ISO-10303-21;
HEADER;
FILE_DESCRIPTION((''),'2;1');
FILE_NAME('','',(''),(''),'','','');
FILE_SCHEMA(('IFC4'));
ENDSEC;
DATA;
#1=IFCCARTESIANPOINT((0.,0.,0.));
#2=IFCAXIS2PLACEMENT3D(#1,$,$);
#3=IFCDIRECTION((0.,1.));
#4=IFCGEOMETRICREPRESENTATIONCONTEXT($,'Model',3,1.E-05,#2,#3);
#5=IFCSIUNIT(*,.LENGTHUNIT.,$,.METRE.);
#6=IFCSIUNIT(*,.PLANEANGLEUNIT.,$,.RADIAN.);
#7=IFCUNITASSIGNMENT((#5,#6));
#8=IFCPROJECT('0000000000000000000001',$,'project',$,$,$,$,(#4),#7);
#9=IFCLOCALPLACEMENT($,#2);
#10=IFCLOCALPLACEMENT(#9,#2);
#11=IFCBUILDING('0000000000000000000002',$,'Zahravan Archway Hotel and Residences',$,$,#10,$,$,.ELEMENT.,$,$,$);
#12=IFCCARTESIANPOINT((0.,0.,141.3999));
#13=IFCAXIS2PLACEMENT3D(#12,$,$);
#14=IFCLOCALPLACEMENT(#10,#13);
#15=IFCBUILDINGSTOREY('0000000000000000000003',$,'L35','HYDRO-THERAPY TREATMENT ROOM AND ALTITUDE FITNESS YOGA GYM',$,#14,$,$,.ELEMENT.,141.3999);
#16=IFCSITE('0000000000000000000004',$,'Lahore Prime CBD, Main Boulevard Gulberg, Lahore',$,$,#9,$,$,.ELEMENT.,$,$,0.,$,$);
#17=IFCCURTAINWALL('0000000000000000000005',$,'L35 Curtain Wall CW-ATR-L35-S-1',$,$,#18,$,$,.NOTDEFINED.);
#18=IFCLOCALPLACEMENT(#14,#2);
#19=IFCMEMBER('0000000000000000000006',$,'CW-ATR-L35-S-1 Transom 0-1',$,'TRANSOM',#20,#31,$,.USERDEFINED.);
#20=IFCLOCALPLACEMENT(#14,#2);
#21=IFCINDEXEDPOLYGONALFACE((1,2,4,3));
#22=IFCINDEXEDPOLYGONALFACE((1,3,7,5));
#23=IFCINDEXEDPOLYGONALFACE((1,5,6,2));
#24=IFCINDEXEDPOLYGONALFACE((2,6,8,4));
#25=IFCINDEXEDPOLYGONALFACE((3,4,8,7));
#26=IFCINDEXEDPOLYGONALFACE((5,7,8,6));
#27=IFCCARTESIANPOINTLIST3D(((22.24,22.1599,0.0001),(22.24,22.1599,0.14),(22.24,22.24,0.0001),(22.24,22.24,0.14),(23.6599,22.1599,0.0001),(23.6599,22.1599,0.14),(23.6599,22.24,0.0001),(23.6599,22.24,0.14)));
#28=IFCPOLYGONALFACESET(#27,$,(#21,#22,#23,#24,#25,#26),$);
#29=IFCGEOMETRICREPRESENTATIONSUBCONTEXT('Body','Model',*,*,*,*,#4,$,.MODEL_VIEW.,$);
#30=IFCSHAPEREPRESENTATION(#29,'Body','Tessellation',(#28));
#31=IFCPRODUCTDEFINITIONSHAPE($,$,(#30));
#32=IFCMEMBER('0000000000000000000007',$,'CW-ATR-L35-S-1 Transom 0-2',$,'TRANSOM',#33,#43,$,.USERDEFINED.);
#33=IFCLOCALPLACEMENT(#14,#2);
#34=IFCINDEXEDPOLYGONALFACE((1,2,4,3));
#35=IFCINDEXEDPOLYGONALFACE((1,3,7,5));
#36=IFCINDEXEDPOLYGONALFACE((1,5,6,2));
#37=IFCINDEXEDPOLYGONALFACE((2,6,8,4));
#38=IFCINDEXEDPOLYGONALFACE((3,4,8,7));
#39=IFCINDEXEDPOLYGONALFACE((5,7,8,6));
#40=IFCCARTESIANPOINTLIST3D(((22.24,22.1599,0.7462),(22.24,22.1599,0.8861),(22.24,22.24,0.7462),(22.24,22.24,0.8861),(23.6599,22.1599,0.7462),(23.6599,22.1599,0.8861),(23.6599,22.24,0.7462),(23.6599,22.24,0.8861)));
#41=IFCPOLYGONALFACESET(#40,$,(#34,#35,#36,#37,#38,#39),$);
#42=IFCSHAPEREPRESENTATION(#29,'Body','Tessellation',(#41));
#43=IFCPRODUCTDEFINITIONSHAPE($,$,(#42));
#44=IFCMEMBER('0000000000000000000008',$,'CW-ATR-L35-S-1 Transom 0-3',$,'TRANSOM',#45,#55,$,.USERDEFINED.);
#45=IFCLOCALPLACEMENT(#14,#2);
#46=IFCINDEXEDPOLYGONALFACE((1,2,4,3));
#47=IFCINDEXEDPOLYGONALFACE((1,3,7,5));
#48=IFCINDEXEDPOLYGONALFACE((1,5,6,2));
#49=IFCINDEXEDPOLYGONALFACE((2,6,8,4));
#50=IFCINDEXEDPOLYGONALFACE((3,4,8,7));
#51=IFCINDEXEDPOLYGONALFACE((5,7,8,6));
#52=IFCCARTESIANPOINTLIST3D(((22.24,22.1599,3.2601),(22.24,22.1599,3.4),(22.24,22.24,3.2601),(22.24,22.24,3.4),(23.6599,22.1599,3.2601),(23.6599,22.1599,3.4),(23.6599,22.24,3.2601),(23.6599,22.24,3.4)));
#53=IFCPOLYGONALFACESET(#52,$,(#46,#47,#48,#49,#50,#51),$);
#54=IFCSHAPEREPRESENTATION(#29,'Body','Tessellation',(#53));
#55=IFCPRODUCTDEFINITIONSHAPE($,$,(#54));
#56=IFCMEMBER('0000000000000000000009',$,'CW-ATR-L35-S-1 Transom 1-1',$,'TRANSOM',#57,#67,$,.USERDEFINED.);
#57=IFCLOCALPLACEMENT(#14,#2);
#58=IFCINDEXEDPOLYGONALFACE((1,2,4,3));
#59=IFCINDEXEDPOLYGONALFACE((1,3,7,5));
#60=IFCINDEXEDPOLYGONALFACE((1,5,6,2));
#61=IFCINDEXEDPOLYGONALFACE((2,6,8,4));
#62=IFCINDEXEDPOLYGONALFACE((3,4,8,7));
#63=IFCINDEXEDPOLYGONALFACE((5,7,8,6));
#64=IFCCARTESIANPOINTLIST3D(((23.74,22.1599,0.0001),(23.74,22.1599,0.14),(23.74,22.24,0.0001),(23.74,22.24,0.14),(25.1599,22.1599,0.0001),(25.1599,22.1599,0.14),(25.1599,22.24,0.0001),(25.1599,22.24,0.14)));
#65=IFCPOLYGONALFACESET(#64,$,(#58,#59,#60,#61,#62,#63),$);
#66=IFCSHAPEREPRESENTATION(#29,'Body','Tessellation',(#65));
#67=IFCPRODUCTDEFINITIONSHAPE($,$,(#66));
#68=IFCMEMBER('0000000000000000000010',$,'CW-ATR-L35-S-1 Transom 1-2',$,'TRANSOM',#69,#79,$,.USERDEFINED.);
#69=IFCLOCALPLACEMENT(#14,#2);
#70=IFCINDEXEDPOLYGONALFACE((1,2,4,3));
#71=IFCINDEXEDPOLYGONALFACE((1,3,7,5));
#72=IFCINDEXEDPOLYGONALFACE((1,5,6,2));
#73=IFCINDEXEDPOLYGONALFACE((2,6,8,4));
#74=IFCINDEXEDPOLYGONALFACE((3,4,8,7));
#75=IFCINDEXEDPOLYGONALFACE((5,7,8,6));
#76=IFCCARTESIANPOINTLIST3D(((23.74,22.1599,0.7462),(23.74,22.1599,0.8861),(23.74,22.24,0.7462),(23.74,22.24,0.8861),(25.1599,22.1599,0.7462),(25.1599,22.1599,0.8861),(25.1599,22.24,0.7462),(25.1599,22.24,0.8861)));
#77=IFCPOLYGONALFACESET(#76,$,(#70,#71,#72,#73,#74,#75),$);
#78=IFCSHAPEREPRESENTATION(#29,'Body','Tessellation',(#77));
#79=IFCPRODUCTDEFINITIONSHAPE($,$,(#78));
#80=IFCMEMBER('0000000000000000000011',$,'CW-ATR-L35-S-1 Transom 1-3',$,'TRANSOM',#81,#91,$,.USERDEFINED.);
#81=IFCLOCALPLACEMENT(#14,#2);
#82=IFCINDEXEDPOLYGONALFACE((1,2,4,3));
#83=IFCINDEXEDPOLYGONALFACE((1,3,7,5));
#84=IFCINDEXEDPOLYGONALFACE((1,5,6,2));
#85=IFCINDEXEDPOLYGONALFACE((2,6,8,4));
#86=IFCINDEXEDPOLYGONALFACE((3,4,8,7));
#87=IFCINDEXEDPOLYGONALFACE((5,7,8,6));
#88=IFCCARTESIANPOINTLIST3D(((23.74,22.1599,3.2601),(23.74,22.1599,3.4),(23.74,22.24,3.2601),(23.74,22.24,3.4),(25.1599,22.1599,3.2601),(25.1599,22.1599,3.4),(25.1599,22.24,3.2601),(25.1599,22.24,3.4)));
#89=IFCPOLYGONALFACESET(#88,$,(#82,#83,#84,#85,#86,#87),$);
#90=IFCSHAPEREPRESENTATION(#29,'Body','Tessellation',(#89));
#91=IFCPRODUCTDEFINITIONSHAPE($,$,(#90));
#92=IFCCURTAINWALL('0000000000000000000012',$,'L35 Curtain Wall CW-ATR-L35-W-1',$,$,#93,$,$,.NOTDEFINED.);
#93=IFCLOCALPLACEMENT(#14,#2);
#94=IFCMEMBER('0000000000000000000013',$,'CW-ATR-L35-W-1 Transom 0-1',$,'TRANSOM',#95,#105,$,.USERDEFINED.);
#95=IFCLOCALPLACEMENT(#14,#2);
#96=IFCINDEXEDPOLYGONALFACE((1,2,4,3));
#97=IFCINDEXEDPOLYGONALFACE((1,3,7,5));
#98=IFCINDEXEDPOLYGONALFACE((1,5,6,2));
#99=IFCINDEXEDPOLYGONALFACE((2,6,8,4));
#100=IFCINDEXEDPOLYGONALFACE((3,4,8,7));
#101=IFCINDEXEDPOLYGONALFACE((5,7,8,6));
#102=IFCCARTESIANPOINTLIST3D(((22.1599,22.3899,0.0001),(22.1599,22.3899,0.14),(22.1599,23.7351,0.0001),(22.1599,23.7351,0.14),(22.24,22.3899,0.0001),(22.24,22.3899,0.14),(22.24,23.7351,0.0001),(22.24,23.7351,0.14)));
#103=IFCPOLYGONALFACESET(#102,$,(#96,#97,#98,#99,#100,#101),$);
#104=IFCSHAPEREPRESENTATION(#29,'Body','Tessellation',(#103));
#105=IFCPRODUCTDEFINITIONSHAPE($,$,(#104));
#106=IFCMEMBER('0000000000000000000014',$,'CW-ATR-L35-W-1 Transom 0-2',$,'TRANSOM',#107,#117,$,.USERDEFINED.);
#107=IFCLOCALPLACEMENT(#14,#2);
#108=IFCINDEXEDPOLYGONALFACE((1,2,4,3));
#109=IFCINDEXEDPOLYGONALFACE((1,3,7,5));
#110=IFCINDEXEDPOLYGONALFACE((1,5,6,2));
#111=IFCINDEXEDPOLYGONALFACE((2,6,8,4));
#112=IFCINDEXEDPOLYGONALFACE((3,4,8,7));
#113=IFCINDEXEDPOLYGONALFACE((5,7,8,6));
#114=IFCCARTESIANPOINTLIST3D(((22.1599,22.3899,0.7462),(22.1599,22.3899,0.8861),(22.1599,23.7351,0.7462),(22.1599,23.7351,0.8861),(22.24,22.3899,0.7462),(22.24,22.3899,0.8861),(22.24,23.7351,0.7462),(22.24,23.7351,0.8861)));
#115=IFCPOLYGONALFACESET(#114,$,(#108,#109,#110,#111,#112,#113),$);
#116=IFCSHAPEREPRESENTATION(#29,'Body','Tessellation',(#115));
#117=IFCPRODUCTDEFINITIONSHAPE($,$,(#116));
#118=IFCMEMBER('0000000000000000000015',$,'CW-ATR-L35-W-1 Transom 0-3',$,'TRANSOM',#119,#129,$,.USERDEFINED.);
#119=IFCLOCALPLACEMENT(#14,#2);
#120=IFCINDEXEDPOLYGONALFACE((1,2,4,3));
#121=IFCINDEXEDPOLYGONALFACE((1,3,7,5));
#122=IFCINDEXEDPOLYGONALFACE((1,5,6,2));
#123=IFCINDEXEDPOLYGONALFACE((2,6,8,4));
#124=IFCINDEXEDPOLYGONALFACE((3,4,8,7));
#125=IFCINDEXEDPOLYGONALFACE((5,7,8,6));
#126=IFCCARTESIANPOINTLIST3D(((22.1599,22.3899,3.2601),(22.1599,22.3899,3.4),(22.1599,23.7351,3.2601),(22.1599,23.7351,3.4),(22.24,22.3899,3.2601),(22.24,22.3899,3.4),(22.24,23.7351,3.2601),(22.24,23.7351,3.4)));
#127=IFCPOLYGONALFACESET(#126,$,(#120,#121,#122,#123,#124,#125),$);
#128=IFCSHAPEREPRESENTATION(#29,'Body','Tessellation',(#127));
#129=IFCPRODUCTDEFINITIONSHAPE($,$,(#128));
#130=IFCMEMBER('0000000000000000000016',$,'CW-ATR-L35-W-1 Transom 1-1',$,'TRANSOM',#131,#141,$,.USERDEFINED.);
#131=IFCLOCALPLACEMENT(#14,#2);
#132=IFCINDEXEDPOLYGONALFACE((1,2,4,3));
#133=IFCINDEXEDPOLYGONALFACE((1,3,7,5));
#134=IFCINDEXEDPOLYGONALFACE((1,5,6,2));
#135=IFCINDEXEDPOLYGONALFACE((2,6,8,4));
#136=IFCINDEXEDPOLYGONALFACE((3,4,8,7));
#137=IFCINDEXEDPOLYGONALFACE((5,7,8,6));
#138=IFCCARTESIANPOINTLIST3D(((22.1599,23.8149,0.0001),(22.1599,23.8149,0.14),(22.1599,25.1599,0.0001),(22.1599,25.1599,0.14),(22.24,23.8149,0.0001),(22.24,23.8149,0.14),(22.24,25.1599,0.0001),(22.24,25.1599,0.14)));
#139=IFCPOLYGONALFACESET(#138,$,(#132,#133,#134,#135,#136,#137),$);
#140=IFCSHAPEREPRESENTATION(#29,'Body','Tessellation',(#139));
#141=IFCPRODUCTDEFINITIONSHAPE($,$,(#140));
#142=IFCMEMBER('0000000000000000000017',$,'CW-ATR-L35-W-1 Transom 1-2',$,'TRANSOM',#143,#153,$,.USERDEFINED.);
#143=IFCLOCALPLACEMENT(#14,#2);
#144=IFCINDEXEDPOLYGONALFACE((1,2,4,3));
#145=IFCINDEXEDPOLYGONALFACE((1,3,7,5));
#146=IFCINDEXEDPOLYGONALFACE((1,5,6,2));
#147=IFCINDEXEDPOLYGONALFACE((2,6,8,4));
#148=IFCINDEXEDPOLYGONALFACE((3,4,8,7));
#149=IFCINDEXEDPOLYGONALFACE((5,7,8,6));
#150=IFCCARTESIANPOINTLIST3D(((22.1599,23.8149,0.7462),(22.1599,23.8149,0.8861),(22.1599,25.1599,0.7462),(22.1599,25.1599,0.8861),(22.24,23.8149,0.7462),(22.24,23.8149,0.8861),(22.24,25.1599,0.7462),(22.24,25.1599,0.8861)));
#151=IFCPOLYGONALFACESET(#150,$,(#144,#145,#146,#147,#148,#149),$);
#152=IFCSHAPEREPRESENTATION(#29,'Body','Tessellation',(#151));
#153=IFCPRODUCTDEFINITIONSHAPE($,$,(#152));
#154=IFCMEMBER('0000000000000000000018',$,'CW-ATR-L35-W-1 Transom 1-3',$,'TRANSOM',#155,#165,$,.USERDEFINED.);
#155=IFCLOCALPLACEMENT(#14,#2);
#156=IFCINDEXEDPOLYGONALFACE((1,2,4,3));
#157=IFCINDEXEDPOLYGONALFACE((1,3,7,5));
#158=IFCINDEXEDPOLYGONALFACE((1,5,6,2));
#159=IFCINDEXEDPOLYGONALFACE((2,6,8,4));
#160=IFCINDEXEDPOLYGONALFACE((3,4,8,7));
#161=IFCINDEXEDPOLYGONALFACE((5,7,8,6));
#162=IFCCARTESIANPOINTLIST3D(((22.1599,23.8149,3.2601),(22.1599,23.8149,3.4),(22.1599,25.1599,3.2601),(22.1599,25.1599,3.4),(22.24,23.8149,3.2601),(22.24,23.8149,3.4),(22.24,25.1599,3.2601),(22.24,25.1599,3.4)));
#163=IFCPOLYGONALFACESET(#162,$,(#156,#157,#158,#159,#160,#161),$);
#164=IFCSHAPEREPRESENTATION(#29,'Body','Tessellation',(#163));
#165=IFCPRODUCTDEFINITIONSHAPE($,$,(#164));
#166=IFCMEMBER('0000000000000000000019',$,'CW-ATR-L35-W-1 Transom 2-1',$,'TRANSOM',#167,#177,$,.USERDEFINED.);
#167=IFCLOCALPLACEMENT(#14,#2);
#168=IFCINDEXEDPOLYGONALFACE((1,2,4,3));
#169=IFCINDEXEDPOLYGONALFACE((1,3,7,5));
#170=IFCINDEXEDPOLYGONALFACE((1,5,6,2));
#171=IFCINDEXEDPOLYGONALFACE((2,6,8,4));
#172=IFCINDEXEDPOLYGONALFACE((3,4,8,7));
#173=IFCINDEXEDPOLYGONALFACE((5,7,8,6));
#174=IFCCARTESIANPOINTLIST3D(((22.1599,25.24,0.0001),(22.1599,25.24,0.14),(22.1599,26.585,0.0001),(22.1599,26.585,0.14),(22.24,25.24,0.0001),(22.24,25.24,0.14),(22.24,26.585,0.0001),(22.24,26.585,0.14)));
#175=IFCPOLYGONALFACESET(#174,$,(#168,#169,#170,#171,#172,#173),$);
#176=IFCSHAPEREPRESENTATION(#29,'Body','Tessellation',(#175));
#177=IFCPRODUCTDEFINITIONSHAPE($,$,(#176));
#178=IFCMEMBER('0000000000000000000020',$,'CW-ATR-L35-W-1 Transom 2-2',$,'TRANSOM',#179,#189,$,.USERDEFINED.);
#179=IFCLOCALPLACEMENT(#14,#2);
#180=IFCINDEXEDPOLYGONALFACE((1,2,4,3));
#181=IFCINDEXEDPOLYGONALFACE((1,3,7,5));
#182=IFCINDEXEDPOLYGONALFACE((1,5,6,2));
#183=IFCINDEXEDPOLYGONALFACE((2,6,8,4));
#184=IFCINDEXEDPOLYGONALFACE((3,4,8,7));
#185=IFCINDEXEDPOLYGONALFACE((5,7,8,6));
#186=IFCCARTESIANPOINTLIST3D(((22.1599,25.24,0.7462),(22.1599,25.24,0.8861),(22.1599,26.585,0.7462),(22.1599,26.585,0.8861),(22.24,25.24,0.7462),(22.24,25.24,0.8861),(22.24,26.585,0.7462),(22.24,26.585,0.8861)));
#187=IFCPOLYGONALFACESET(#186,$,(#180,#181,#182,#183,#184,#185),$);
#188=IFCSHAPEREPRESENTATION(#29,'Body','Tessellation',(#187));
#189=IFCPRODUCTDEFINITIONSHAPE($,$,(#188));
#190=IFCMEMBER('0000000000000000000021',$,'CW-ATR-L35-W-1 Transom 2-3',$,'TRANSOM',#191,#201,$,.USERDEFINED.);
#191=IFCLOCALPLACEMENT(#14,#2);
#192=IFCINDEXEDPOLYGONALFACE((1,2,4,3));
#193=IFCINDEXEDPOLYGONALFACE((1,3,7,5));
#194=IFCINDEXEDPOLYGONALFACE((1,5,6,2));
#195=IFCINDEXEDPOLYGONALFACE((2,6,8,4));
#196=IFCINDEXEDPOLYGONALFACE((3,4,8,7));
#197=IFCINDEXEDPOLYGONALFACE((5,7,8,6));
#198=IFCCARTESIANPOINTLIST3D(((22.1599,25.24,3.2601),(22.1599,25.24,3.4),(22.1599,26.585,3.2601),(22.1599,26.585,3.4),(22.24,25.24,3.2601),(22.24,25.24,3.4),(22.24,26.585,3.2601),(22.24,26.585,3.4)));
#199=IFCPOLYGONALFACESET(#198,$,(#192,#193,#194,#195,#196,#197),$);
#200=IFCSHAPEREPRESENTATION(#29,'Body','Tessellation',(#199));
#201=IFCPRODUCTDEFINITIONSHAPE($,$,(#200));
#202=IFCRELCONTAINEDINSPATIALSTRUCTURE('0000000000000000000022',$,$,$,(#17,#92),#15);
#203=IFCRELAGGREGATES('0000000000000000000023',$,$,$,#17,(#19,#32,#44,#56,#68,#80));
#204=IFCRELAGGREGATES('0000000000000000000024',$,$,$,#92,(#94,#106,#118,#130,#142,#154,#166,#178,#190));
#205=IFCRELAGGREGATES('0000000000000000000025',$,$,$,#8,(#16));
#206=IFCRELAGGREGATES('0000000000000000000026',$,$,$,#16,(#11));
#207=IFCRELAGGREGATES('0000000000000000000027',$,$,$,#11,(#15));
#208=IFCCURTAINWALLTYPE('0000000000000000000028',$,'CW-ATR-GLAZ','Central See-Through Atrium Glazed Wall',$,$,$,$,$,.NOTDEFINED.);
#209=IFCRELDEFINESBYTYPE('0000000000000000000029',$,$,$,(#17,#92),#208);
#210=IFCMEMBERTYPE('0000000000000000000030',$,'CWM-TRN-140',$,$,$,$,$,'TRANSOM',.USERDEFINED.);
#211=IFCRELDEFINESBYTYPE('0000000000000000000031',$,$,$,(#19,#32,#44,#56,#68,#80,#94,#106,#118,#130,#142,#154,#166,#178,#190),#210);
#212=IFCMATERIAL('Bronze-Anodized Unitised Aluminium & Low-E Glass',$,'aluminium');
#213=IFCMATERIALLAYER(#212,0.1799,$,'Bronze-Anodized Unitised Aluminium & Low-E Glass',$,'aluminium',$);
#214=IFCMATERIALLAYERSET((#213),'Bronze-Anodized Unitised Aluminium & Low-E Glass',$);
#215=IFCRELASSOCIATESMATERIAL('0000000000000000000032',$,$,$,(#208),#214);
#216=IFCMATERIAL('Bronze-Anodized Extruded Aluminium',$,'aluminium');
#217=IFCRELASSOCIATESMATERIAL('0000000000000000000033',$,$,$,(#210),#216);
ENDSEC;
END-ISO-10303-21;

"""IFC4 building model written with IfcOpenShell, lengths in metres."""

from ifc_helpers import new_model, si_unit, direction, frame, origin, origin_2d, place, context, subcontext, project, spatial, rectangle, extrude, source, transform, mapped, material, layer, layer_set, material_profile, profile_set, type_object, element, aggregate, save


model = new_model("IFC4")

# Units and contexts
model_context = context("Model", 3, precision=1e-05, world=origin(), true_north=direction((0.0, 1.0)))
body_context = subcontext(model_context, "Body", "Model", "MODEL_VIEW")
ifc_project = project(units=[si_unit("LENGTHUNIT", "METRE"), si_unit("PLANEANGLEUNIT", "RADIAN")], contexts=[model_context])

# Site, building, storey
site_placement = place(None, origin())
site = spatial("IfcSite", under=ifc_project, at=site_placement, Name="Lahore Prime CBD, Main Boulevard Gulberg, Lahore", CompositionType="ELEMENT", RefElevation=0.0)
building_placement = place(site_placement, origin())
building = spatial("IfcBuilding", under=site, at=building_placement, Name="Zahravan Archway Hotel and Residences", CompositionType="ELEMENT")
storey_placement = place(building_placement, frame((0.0, 0.0, 141.3999)))
storey = spatial("IfcBuildingStorey", under=building, at=storey_placement, Name="L35", Description="HYDRO-THERAPY TREATMENT ROOM AND ALTITUDE FITNESS YOGA GYM", CompositionType="ELEMENT", Elevation=141.3999)

# Curtain walls, members
ifc_material_1 = material(Name="Bronze-Anodized Unitised Aluminium & Low-E Glass", Category="aluminium")
ifc_layer_1 = layer(ifc_material_1, 0.1799, Name="Bronze-Anodized Unitised Aluminium & Low-E Glass", Category="aluminium")
ifc_layer_set_1 = layer_set([ifc_layer_1], Name="Bronze-Anodized Unitised Aluminium & Low-E Glass")
curtain_wall_type = type_object("IfcCurtainWallType", Name="CW-ATR-GLAZ", Description="Central See-Through Atrium Glazed Wall", PredefinedType="NOTDEFINED", material=ifc_layer_set_1)
curtain_wall_1_placement = place(storey_placement, origin())
curtain_wall_1 = element("IfcCurtainWall", 1, at=curtain_wall_1_placement, inside=storey, type_object=curtain_wall_type, Name="L35 Curtain Wall CW-ATR-L35-S-1", PredefinedType="NOTDEFINED")
ifc_material_2 = material(Name="Bronze-Anodized Extruded Aluminium", Category="aluminium")
ifc_material_profile_1 = material_profile(ifc_material_2, rectangle(XDim=0.0801, YDim=0.1399, at=origin_2d()), Name="TRN 80x140", Category="aluminium")
ifc_profile_set_1 = profile_set([ifc_material_profile_1], Name="Bronze-Anodized Extruded Aluminium")
member_type_1 = type_object("IfcMemberType", Name="CWM-TRN-140", ElementType="TRANSOM", PredefinedType="USERDEFINED", material=ifc_profile_set_1)
shared_shape_1 = source(origin(), body_context, "Body", "SweptSolid", [
    extrude(rectangle(XDim=0.0801, YDim=0.1399, at=origin_2d()), origin(), (0.0, 0.0, 1.0), 1.4199),
])
member_1_placement = place(storey_placement, frame((22.24, 22.2, 0.0701), z_axis=(1.0, 0.0, 0.0), x_axis=(0.0, 1.0, 0.0)))
member_1 = element("IfcMember", 2, at=member_1_placement, type_object=member_type_1, Name="CW-ATR-L35-S-1 Transom 0-1", ObjectType="TRANSOM", PredefinedType="USERDEFINED", context=body_context, shape_type="MappedRepresentation", body=[
    mapped(shared_shape_1, transform((0.0, 0.0, 0.0), scale=1.0)),
])
member_2_placement = place(storey_placement, frame((22.24, 22.2, 0.8162), z_axis=(1.0, 0.0, 0.0), x_axis=(0.0, 1.0, 0.0)))
member_2 = element("IfcMember", 3, at=member_2_placement, type_object=member_type_1, Name="CW-ATR-L35-S-1 Transom 0-2", ObjectType="TRANSOM", PredefinedType="USERDEFINED", context=body_context, shape_type="MappedRepresentation", body=[
    mapped(shared_shape_1, transform((0.0, 0.0, 0.0), scale=1.0)),
])
member_3_placement = place(storey_placement, frame((22.24, 22.2, 3.3301), z_axis=(1.0, 0.0, 0.0), x_axis=(0.0, 1.0, 0.0)))
member_3 = element("IfcMember", 4, at=member_3_placement, type_object=member_type_1, Name="CW-ATR-L35-S-1 Transom 0-3", ObjectType="TRANSOM", PredefinedType="USERDEFINED", context=body_context, shape_type="MappedRepresentation", body=[
    mapped(shared_shape_1, transform((0.0, 0.0, 0.0), scale=1.0)),
])
member_4_placement = place(storey_placement, frame((23.74, 22.2, 0.0701), z_axis=(1.0, 0.0, 0.0), x_axis=(0.0, 1.0, 0.0)))
member_4 = element("IfcMember", 5, at=member_4_placement, type_object=member_type_1, Name="CW-ATR-L35-S-1 Transom 1-1", ObjectType="TRANSOM", PredefinedType="USERDEFINED", context=body_context, shape_type="MappedRepresentation", body=[
    mapped(shared_shape_1, transform((0.0, 0.0, 0.0), scale=1.0)),
])
member_5_placement = place(storey_placement, frame((23.74, 22.2, 0.8162), z_axis=(1.0, 0.0, 0.0), x_axis=(0.0, 1.0, 0.0)))
member_5 = element("IfcMember", 6, at=member_5_placement, type_object=member_type_1, Name="CW-ATR-L35-S-1 Transom 1-2", ObjectType="TRANSOM", PredefinedType="USERDEFINED", context=body_context, shape_type="MappedRepresentation", body=[
    mapped(shared_shape_1, transform((0.0, 0.0, 0.0), scale=1.0)),
])
member_6_placement = place(storey_placement, frame((23.74, 22.2, 3.3301), z_axis=(1.0, 0.0, 0.0), x_axis=(0.0, 1.0, 0.0)))
member_6 = element("IfcMember", 7, at=member_6_placement, type_object=member_type_1, Name="CW-ATR-L35-S-1 Transom 1-3", ObjectType="TRANSOM", PredefinedType="USERDEFINED", context=body_context, shape_type="MappedRepresentation", body=[
    mapped(shared_shape_1, transform((0.0, 0.0, 0.0), scale=1.0)),
])
curtain_wall_2_placement = place(storey_placement, origin())
curtain_wall_2 = element("IfcCurtainWall", 8, at=curtain_wall_2_placement, inside=storey, type_object=curtain_wall_type, Name="L35 Curtain Wall CW-ATR-L35-W-1", PredefinedType="NOTDEFINED")
shared_shape_2 = source(origin(), body_context, "Body", "SweptSolid", [
    extrude(rectangle(XDim=0.0801, YDim=0.1399, at=origin_2d()), origin(), (0.0, 0.0, 1.0), 1.3452),
])
member_7_placement = place(storey_placement, frame((22.2, 22.3899, 0.0701), z_axis=(0.0, 1.0, 0.0), x_axis=(-1.0, 0.0, 0.0)))
member_7 = element("IfcMember", 9, at=member_7_placement, type_object=member_type_1, Name="CW-ATR-L35-W-1 Transom 0-1", ObjectType="TRANSOM", PredefinedType="USERDEFINED", context=body_context, shape_type="MappedRepresentation", body=[
    mapped(shared_shape_2, transform((0.0, 0.0, 0.0), scale=1.0)),
])
member_8_placement = place(storey_placement, frame((22.2, 22.3899, 0.8162), z_axis=(0.0, 1.0, 0.0), x_axis=(-1.0, 0.0, 0.0)))
member_8 = element("IfcMember", 10, at=member_8_placement, type_object=member_type_1, Name="CW-ATR-L35-W-1 Transom 0-2", ObjectType="TRANSOM", PredefinedType="USERDEFINED", context=body_context, shape_type="MappedRepresentation", body=[
    mapped(shared_shape_2, transform((0.0, 0.0, 0.0), scale=1.0)),
])
member_9_placement = place(storey_placement, frame((22.2, 22.3899, 3.3301), z_axis=(0.0, 1.0, 0.0), x_axis=(-1.0, 0.0, 0.0)))
member_9 = element("IfcMember", 11, at=member_9_placement, type_object=member_type_1, Name="CW-ATR-L35-W-1 Transom 0-3", ObjectType="TRANSOM", PredefinedType="USERDEFINED", context=body_context, shape_type="MappedRepresentation", body=[
    mapped(shared_shape_2, transform((0.0, 0.0, 0.0), scale=1.0)),
])
shared_shape_3 = source(origin(), body_context, "Body", "SweptSolid", [
    extrude(rectangle(XDim=0.0801, YDim=0.1399, at=origin_2d()), origin(), (0.0, 0.0, 1.0), 1.345),
])
member_10_placement = place(storey_placement, frame((22.2, 23.8149, 0.0701), z_axis=(0.0, 1.0, 0.0), x_axis=(-1.0, 0.0, 0.0)))
member_10 = element("IfcMember", 12, at=member_10_placement, type_object=member_type_1, Name="CW-ATR-L35-W-1 Transom 1-1", ObjectType="TRANSOM", PredefinedType="USERDEFINED", context=body_context, shape_type="MappedRepresentation", body=[
    mapped(shared_shape_3, transform((0.0, 0.0, 0.0), scale=1.0)),
])
member_11_placement = place(storey_placement, frame((22.2, 23.8149, 0.8162), z_axis=(0.0, 1.0, 0.0), x_axis=(-1.0, 0.0, 0.0)))
member_11 = element("IfcMember", 13, at=member_11_placement, type_object=member_type_1, Name="CW-ATR-L35-W-1 Transom 1-2", ObjectType="TRANSOM", PredefinedType="USERDEFINED", context=body_context, shape_type="MappedRepresentation", body=[
    mapped(shared_shape_3, transform((0.0, 0.0, 0.0), scale=1.0)),
])
member_12_placement = place(storey_placement, frame((22.2, 23.8149, 3.3301), z_axis=(0.0, 1.0, 0.0), x_axis=(-1.0, 0.0, 0.0)))
member_12 = element("IfcMember", 14, at=member_12_placement, type_object=member_type_1, Name="CW-ATR-L35-W-1 Transom 1-3", ObjectType="TRANSOM", PredefinedType="USERDEFINED", context=body_context, shape_type="MappedRepresentation", body=[
    mapped(shared_shape_3, transform((0.0, 0.0, 0.0), scale=1.0)),
])
member_13_placement = place(storey_placement, frame((22.2, 25.24, 0.0701), z_axis=(0.0, 1.0, 0.0), x_axis=(-1.0, 0.0, 0.0)))
member_13 = element("IfcMember", 15, at=member_13_placement, type_object=member_type_1, Name="CW-ATR-L35-W-1 Transom 2-1", ObjectType="TRANSOM", PredefinedType="USERDEFINED", context=body_context, shape_type="MappedRepresentation", body=[
    mapped(shared_shape_3, transform((0.0, 0.0, 0.0), scale=1.0)),
])
member_14_placement = place(storey_placement, frame((22.2, 25.24, 0.8162), z_axis=(0.0, 1.0, 0.0), x_axis=(-1.0, 0.0, 0.0)))
member_14 = element("IfcMember", 16, at=member_14_placement, type_object=member_type_1, Name="CW-ATR-L35-W-1 Transom 2-2", ObjectType="TRANSOM", PredefinedType="USERDEFINED", context=body_context, shape_type="MappedRepresentation", body=[
    mapped(shared_shape_3, transform((0.0, 0.0, 0.0), scale=1.0)),
])
member_15_placement = place(storey_placement, frame((22.2, 25.24, 3.3301), z_axis=(0.0, 1.0, 0.0), x_axis=(-1.0, 0.0, 0.0)))
member_15 = element("IfcMember", 17, at=member_15_placement, type_object=member_type_1, Name="CW-ATR-L35-W-1 Transom 2-3", ObjectType="TRANSOM", PredefinedType="USERDEFINED", context=body_context, shape_type="MappedRepresentation", body=[
    mapped(shared_shape_3, transform((0.0, 0.0, 0.0), scale=1.0)),
])

aggregate(curtain_wall_1, [member_1, member_2, member_3, member_4, member_5, member_6])
aggregate(curtain_wall_2, [member_7, member_8, member_9, member_10, member_11, member_12, member_13, member_14, member_15])

save(model, "model.ifc")
